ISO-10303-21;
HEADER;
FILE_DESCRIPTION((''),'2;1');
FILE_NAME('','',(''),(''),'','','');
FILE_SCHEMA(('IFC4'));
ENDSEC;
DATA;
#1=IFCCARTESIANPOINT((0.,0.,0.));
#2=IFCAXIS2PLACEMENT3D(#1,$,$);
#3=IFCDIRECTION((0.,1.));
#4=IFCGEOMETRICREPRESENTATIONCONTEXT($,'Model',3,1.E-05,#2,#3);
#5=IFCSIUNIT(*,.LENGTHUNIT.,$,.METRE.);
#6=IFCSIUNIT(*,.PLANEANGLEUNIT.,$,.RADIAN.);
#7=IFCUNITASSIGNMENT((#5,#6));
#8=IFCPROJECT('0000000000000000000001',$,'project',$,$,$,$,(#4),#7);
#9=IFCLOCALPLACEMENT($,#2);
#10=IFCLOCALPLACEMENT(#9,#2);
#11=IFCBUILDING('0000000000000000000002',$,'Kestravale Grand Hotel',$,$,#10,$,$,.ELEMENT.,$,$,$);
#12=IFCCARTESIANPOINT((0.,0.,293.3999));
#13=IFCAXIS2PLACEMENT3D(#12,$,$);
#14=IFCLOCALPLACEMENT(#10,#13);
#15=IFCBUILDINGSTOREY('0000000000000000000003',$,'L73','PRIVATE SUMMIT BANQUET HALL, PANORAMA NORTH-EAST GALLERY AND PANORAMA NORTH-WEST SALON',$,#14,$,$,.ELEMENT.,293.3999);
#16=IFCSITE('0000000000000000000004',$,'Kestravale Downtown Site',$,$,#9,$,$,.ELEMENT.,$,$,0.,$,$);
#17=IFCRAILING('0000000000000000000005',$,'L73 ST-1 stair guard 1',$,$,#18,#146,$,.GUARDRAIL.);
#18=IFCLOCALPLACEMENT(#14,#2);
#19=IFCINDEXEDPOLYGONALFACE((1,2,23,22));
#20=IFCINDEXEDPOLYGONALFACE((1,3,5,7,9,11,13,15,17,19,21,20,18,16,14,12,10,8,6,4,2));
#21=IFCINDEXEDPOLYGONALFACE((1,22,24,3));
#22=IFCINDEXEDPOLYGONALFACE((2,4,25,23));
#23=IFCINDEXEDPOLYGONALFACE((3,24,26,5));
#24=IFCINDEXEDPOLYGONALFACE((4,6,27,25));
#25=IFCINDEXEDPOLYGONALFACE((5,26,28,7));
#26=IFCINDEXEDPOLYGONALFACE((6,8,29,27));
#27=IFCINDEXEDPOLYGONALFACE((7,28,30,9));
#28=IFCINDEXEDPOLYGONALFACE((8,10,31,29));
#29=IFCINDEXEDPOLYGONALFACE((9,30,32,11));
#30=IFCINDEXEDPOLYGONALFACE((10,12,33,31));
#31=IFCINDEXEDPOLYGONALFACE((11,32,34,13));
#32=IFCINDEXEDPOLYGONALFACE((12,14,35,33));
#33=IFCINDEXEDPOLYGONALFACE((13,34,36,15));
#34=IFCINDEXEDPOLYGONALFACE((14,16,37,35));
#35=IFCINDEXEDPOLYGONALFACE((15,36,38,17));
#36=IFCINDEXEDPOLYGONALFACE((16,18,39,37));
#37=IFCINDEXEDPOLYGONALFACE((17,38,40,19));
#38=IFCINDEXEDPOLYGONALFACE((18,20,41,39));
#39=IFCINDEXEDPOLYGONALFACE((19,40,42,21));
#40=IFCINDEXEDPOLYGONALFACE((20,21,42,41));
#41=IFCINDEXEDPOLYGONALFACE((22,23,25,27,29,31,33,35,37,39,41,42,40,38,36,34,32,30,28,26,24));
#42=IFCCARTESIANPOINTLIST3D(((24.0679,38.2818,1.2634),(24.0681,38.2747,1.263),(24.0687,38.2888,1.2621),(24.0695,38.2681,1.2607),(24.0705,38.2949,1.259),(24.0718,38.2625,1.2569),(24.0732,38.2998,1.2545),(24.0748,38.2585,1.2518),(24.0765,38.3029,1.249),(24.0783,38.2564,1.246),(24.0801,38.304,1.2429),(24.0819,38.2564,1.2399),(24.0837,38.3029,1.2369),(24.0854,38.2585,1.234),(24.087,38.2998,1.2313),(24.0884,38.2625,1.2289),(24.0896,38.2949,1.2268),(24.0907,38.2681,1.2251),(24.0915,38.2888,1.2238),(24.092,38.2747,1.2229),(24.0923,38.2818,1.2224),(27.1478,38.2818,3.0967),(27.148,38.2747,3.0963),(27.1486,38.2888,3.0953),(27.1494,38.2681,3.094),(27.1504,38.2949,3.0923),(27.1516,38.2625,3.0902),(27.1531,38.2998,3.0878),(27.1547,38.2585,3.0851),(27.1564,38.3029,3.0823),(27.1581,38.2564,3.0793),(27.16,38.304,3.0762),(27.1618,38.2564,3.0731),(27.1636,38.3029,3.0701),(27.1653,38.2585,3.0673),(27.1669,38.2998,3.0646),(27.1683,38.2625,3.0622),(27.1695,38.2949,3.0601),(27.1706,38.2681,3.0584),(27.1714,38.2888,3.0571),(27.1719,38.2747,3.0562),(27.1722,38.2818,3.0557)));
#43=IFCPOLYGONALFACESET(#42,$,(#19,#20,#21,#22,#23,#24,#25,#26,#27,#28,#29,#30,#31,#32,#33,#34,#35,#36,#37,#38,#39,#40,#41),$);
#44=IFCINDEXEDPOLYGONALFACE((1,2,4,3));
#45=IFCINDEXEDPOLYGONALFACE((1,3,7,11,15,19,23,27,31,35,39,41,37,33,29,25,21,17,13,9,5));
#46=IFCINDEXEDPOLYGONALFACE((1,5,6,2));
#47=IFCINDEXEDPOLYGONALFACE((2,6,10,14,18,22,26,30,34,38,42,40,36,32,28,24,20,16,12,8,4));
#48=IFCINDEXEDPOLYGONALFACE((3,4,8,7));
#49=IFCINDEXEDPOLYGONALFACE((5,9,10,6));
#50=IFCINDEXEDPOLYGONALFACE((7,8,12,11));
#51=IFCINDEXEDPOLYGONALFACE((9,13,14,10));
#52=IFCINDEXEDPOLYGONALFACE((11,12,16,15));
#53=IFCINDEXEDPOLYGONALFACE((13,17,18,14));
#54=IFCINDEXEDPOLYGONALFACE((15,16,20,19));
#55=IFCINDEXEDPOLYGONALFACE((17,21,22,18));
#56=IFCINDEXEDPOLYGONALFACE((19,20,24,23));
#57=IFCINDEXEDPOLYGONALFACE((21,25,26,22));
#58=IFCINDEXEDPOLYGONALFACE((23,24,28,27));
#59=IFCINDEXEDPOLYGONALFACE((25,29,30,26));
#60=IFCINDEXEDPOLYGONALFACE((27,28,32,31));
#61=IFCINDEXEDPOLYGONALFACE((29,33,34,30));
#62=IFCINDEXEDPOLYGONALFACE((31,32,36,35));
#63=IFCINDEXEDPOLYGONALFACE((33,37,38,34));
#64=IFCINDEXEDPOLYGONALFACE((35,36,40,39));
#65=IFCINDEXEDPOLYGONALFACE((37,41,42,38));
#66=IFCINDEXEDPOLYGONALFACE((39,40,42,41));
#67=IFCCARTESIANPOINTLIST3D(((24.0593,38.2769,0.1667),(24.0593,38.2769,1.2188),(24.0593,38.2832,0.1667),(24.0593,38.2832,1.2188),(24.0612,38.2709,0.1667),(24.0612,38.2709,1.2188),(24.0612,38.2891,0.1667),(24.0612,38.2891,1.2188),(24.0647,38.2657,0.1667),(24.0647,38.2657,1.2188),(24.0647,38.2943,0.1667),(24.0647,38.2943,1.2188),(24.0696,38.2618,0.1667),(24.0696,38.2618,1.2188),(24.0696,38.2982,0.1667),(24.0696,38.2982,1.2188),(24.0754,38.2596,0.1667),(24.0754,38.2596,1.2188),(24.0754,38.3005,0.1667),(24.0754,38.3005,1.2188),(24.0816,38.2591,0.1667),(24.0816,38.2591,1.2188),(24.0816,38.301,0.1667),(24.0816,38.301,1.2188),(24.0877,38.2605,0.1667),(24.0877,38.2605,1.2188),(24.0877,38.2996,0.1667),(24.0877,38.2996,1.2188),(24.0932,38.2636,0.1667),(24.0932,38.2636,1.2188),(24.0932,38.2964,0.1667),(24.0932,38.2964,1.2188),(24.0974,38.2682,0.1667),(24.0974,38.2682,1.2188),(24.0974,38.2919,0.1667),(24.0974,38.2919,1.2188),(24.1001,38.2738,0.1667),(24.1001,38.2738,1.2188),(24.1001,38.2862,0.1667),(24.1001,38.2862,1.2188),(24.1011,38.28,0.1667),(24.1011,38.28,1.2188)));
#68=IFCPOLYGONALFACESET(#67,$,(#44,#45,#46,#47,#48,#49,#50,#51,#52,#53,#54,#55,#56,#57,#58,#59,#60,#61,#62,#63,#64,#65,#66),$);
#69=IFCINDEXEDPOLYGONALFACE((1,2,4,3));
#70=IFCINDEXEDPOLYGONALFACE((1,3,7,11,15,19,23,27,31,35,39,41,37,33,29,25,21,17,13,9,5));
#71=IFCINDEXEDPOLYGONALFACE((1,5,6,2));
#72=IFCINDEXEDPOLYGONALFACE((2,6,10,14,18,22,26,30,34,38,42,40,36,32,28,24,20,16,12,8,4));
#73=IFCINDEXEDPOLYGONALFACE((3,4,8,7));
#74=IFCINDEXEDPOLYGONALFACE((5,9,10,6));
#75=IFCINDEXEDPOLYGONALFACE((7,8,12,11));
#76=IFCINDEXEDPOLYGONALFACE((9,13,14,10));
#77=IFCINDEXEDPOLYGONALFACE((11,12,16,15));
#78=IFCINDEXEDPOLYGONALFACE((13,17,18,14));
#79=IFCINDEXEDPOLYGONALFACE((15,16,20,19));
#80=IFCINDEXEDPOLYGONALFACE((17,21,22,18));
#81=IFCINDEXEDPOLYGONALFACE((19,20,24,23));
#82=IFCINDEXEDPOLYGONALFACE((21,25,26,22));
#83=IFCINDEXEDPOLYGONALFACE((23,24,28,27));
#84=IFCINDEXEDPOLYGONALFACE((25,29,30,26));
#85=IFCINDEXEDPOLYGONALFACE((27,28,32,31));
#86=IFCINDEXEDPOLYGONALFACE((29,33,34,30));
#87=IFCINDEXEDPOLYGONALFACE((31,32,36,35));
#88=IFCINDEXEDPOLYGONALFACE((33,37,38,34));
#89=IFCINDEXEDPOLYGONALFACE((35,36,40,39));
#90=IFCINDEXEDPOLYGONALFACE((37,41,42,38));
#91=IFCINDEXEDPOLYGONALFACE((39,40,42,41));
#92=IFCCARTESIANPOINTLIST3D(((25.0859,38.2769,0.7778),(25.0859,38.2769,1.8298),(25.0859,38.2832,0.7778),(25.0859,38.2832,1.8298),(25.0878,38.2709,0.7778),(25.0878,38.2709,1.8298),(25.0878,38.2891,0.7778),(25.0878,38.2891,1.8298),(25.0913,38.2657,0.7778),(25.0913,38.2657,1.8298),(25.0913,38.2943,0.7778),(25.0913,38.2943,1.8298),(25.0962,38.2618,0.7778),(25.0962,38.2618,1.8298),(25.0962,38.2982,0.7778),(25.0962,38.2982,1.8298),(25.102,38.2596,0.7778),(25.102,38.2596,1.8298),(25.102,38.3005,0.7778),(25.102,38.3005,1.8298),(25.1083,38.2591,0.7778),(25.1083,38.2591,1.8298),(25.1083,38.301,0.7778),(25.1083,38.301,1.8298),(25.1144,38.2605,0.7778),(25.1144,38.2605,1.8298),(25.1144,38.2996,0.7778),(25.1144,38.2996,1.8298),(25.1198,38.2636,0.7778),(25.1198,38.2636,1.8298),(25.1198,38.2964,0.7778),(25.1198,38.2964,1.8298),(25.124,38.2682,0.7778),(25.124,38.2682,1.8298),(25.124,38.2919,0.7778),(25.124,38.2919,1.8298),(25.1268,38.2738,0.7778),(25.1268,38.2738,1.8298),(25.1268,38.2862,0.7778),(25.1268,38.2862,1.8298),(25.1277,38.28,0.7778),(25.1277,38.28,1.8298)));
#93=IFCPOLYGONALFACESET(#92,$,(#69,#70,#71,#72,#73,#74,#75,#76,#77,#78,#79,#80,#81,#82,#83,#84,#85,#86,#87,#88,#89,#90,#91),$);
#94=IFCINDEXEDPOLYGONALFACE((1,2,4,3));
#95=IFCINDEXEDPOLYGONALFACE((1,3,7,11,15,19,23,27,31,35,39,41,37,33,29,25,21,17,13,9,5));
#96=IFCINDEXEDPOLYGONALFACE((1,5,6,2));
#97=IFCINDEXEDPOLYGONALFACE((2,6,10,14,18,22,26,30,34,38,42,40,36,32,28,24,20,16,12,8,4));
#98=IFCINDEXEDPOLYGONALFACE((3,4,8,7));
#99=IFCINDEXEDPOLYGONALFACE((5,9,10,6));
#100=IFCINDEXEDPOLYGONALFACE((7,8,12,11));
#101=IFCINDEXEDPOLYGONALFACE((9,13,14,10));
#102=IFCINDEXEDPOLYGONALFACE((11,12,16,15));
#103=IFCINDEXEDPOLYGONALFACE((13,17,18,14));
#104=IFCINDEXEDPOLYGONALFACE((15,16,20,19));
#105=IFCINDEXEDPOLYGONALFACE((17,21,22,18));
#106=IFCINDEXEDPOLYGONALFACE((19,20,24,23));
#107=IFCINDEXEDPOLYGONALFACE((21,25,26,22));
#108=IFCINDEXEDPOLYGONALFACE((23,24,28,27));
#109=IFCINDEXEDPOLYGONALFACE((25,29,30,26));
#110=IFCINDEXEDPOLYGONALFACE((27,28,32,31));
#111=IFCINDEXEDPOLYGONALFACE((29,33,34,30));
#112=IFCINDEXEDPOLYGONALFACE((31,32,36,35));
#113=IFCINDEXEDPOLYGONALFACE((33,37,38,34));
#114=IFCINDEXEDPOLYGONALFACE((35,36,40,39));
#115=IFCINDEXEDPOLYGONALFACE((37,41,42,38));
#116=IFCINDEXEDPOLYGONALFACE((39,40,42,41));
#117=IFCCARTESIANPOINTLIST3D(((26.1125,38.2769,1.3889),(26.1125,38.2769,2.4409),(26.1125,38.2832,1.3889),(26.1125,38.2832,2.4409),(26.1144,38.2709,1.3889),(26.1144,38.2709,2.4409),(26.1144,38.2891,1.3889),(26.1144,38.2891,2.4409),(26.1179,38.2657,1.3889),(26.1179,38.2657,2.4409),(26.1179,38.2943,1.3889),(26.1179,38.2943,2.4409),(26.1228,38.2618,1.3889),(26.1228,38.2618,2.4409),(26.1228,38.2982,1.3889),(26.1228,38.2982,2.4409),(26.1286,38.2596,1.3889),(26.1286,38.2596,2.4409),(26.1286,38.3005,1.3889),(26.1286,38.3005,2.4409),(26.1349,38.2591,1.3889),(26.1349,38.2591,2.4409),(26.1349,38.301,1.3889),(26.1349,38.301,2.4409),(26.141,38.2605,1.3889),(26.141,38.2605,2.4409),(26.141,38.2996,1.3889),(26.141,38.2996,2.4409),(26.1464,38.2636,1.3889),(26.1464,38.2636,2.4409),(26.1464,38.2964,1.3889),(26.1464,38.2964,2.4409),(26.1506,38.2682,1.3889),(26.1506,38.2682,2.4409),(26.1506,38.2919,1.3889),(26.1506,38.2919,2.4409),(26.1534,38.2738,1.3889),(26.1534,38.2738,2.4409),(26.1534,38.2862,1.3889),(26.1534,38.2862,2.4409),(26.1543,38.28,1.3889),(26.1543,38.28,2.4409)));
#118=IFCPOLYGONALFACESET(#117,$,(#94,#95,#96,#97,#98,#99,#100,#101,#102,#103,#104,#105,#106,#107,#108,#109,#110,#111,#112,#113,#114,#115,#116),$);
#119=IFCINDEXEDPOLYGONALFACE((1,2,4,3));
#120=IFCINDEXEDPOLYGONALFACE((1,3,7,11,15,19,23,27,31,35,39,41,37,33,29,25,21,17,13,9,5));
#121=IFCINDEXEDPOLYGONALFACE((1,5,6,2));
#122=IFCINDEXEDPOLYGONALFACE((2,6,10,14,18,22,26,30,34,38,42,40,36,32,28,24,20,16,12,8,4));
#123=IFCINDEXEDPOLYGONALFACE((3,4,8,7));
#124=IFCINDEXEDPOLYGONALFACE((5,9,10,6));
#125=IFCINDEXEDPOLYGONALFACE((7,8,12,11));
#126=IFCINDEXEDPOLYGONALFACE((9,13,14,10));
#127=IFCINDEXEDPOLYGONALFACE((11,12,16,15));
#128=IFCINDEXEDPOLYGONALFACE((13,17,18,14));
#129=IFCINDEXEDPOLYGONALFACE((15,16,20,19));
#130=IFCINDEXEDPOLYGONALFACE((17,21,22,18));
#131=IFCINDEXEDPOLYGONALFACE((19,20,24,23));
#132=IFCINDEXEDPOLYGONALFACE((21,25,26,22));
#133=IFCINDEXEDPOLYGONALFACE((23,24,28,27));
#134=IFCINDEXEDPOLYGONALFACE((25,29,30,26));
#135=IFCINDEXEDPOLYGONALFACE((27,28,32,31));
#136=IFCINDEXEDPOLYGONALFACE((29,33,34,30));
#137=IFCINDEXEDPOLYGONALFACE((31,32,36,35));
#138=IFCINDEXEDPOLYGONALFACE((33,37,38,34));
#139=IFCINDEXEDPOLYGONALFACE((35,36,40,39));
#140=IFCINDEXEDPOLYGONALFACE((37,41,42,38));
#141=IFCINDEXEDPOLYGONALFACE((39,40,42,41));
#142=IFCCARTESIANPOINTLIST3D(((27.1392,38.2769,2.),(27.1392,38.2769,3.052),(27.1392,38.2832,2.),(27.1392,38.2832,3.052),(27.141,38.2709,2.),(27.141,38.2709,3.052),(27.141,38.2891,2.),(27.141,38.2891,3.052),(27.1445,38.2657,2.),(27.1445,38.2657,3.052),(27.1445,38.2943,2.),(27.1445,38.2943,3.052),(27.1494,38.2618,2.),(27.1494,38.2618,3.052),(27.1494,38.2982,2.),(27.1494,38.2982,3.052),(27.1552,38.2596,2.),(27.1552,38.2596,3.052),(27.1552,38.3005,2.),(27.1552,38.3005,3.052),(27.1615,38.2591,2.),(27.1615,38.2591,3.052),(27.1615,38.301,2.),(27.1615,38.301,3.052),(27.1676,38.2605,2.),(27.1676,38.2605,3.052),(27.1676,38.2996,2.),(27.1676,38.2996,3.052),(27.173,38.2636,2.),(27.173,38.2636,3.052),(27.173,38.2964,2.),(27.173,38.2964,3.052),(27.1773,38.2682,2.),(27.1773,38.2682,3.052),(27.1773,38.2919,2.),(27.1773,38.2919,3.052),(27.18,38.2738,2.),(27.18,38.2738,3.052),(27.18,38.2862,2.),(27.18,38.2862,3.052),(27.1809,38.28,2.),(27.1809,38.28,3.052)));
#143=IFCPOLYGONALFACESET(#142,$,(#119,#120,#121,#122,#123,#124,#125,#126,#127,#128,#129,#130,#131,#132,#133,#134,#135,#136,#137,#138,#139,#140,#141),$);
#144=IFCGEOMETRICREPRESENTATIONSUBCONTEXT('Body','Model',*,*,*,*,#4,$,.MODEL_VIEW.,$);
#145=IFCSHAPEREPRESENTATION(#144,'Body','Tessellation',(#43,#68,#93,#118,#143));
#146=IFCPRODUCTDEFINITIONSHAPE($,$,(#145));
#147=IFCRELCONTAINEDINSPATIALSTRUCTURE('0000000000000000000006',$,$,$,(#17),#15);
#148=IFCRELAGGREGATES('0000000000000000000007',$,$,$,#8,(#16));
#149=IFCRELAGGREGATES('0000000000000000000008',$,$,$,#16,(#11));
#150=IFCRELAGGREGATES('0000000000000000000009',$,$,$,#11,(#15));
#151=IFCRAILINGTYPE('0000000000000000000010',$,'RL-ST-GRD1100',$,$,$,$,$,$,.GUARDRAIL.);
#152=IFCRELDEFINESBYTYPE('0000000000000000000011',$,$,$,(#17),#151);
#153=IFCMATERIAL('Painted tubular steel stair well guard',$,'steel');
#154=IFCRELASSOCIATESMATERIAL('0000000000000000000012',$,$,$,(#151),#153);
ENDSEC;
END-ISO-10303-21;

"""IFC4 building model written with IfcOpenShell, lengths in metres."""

from ifc_helpers import new_model, si_unit, direction, frame, origin, origin_2d, place, context, subcontext, project, spatial, circle, extrude, material, type_object, element, save


model = new_model("IFC4")

# Units and contexts
model_context = context("Model", 3, precision=1e-05, world=origin(), true_north=direction((0.0, 1.0)))
body_context = subcontext(model_context, "Body", "Model", "MODEL_VIEW")
ifc_project = project(units=[si_unit("LENGTHUNIT", "METRE"), si_unit("PLANEANGLEUNIT", "RADIAN")], contexts=[model_context])

# Site, building, storey
site_placement = place(None, origin())
site = spatial("IfcSite", under=ifc_project, at=site_placement, Name="Kestravale Downtown Site", CompositionType="ELEMENT", RefElevation=0.0)
building_placement = place(site_placement, origin())
building = spatial("IfcBuilding", under=site, at=building_placement, Name="Kestravale Grand Hotel", CompositionType="ELEMENT")
storey_placement = place(building_placement, frame((0.0, 0.0, 293.3999)))
storey = spatial("IfcBuildingStorey", under=building, at=storey_placement, Name="L73", Description="PRIVATE SUMMIT BANQUET HALL, PANORAMA NORTH-EAST GALLERY AND PANORAMA NORTH-WEST SALON", CompositionType="ELEMENT", Elevation=293.3999)

# Railing
ifc_material_1 = material(Name="Painted tubular steel stair well guard", Category="steel")
railing_type_1 = type_object("IfcRailingType", Name="RL-ST-GRD1100", PredefinedType="GUARDRAIL", material=ifc_material_1)
railing_1_placement = place(storey_placement, frame((24.0801, 38.28, 0.1667)))
element("IfcRailing", 1, at=railing_1_placement, inside=storey, type_object=railing_type_1, Name="L73 ST-1 stair guard 1", PredefinedType="GUARDRAIL", context=body_context, shape_type="SweptSolid", body=[
    extrude(circle(Radius=0.0239, at=origin_2d()), frame((0.0, 0.0, 1.0762), z_axis=(0.859291, 0.0, 0.511487), x_axis=(0.0, 1.0, 0.0)), (0.0, 0.0, 1.0), 3.5842),
    extrude(circle(Radius=0.021, at=origin_2d()), origin(), (0.0, 0.0, 1.0), 1.052),
    extrude(circle(Radius=0.021, at=origin_2d()), frame((1.0266, 0.0, 0.6111)), (0.0, 0.0, 1.0), 1.052),
    extrude(circle(Radius=0.021, at=origin_2d()), frame((2.0532, 0.0, 1.2222)), (0.0, 0.0, 1.0), 1.052),
    extrude(circle(Radius=0.021, at=origin_2d()), frame((3.0798, 0.0, 1.8333)), (0.0, 0.0, 1.0), 1.052),
])

save(model, "model.ifc")
